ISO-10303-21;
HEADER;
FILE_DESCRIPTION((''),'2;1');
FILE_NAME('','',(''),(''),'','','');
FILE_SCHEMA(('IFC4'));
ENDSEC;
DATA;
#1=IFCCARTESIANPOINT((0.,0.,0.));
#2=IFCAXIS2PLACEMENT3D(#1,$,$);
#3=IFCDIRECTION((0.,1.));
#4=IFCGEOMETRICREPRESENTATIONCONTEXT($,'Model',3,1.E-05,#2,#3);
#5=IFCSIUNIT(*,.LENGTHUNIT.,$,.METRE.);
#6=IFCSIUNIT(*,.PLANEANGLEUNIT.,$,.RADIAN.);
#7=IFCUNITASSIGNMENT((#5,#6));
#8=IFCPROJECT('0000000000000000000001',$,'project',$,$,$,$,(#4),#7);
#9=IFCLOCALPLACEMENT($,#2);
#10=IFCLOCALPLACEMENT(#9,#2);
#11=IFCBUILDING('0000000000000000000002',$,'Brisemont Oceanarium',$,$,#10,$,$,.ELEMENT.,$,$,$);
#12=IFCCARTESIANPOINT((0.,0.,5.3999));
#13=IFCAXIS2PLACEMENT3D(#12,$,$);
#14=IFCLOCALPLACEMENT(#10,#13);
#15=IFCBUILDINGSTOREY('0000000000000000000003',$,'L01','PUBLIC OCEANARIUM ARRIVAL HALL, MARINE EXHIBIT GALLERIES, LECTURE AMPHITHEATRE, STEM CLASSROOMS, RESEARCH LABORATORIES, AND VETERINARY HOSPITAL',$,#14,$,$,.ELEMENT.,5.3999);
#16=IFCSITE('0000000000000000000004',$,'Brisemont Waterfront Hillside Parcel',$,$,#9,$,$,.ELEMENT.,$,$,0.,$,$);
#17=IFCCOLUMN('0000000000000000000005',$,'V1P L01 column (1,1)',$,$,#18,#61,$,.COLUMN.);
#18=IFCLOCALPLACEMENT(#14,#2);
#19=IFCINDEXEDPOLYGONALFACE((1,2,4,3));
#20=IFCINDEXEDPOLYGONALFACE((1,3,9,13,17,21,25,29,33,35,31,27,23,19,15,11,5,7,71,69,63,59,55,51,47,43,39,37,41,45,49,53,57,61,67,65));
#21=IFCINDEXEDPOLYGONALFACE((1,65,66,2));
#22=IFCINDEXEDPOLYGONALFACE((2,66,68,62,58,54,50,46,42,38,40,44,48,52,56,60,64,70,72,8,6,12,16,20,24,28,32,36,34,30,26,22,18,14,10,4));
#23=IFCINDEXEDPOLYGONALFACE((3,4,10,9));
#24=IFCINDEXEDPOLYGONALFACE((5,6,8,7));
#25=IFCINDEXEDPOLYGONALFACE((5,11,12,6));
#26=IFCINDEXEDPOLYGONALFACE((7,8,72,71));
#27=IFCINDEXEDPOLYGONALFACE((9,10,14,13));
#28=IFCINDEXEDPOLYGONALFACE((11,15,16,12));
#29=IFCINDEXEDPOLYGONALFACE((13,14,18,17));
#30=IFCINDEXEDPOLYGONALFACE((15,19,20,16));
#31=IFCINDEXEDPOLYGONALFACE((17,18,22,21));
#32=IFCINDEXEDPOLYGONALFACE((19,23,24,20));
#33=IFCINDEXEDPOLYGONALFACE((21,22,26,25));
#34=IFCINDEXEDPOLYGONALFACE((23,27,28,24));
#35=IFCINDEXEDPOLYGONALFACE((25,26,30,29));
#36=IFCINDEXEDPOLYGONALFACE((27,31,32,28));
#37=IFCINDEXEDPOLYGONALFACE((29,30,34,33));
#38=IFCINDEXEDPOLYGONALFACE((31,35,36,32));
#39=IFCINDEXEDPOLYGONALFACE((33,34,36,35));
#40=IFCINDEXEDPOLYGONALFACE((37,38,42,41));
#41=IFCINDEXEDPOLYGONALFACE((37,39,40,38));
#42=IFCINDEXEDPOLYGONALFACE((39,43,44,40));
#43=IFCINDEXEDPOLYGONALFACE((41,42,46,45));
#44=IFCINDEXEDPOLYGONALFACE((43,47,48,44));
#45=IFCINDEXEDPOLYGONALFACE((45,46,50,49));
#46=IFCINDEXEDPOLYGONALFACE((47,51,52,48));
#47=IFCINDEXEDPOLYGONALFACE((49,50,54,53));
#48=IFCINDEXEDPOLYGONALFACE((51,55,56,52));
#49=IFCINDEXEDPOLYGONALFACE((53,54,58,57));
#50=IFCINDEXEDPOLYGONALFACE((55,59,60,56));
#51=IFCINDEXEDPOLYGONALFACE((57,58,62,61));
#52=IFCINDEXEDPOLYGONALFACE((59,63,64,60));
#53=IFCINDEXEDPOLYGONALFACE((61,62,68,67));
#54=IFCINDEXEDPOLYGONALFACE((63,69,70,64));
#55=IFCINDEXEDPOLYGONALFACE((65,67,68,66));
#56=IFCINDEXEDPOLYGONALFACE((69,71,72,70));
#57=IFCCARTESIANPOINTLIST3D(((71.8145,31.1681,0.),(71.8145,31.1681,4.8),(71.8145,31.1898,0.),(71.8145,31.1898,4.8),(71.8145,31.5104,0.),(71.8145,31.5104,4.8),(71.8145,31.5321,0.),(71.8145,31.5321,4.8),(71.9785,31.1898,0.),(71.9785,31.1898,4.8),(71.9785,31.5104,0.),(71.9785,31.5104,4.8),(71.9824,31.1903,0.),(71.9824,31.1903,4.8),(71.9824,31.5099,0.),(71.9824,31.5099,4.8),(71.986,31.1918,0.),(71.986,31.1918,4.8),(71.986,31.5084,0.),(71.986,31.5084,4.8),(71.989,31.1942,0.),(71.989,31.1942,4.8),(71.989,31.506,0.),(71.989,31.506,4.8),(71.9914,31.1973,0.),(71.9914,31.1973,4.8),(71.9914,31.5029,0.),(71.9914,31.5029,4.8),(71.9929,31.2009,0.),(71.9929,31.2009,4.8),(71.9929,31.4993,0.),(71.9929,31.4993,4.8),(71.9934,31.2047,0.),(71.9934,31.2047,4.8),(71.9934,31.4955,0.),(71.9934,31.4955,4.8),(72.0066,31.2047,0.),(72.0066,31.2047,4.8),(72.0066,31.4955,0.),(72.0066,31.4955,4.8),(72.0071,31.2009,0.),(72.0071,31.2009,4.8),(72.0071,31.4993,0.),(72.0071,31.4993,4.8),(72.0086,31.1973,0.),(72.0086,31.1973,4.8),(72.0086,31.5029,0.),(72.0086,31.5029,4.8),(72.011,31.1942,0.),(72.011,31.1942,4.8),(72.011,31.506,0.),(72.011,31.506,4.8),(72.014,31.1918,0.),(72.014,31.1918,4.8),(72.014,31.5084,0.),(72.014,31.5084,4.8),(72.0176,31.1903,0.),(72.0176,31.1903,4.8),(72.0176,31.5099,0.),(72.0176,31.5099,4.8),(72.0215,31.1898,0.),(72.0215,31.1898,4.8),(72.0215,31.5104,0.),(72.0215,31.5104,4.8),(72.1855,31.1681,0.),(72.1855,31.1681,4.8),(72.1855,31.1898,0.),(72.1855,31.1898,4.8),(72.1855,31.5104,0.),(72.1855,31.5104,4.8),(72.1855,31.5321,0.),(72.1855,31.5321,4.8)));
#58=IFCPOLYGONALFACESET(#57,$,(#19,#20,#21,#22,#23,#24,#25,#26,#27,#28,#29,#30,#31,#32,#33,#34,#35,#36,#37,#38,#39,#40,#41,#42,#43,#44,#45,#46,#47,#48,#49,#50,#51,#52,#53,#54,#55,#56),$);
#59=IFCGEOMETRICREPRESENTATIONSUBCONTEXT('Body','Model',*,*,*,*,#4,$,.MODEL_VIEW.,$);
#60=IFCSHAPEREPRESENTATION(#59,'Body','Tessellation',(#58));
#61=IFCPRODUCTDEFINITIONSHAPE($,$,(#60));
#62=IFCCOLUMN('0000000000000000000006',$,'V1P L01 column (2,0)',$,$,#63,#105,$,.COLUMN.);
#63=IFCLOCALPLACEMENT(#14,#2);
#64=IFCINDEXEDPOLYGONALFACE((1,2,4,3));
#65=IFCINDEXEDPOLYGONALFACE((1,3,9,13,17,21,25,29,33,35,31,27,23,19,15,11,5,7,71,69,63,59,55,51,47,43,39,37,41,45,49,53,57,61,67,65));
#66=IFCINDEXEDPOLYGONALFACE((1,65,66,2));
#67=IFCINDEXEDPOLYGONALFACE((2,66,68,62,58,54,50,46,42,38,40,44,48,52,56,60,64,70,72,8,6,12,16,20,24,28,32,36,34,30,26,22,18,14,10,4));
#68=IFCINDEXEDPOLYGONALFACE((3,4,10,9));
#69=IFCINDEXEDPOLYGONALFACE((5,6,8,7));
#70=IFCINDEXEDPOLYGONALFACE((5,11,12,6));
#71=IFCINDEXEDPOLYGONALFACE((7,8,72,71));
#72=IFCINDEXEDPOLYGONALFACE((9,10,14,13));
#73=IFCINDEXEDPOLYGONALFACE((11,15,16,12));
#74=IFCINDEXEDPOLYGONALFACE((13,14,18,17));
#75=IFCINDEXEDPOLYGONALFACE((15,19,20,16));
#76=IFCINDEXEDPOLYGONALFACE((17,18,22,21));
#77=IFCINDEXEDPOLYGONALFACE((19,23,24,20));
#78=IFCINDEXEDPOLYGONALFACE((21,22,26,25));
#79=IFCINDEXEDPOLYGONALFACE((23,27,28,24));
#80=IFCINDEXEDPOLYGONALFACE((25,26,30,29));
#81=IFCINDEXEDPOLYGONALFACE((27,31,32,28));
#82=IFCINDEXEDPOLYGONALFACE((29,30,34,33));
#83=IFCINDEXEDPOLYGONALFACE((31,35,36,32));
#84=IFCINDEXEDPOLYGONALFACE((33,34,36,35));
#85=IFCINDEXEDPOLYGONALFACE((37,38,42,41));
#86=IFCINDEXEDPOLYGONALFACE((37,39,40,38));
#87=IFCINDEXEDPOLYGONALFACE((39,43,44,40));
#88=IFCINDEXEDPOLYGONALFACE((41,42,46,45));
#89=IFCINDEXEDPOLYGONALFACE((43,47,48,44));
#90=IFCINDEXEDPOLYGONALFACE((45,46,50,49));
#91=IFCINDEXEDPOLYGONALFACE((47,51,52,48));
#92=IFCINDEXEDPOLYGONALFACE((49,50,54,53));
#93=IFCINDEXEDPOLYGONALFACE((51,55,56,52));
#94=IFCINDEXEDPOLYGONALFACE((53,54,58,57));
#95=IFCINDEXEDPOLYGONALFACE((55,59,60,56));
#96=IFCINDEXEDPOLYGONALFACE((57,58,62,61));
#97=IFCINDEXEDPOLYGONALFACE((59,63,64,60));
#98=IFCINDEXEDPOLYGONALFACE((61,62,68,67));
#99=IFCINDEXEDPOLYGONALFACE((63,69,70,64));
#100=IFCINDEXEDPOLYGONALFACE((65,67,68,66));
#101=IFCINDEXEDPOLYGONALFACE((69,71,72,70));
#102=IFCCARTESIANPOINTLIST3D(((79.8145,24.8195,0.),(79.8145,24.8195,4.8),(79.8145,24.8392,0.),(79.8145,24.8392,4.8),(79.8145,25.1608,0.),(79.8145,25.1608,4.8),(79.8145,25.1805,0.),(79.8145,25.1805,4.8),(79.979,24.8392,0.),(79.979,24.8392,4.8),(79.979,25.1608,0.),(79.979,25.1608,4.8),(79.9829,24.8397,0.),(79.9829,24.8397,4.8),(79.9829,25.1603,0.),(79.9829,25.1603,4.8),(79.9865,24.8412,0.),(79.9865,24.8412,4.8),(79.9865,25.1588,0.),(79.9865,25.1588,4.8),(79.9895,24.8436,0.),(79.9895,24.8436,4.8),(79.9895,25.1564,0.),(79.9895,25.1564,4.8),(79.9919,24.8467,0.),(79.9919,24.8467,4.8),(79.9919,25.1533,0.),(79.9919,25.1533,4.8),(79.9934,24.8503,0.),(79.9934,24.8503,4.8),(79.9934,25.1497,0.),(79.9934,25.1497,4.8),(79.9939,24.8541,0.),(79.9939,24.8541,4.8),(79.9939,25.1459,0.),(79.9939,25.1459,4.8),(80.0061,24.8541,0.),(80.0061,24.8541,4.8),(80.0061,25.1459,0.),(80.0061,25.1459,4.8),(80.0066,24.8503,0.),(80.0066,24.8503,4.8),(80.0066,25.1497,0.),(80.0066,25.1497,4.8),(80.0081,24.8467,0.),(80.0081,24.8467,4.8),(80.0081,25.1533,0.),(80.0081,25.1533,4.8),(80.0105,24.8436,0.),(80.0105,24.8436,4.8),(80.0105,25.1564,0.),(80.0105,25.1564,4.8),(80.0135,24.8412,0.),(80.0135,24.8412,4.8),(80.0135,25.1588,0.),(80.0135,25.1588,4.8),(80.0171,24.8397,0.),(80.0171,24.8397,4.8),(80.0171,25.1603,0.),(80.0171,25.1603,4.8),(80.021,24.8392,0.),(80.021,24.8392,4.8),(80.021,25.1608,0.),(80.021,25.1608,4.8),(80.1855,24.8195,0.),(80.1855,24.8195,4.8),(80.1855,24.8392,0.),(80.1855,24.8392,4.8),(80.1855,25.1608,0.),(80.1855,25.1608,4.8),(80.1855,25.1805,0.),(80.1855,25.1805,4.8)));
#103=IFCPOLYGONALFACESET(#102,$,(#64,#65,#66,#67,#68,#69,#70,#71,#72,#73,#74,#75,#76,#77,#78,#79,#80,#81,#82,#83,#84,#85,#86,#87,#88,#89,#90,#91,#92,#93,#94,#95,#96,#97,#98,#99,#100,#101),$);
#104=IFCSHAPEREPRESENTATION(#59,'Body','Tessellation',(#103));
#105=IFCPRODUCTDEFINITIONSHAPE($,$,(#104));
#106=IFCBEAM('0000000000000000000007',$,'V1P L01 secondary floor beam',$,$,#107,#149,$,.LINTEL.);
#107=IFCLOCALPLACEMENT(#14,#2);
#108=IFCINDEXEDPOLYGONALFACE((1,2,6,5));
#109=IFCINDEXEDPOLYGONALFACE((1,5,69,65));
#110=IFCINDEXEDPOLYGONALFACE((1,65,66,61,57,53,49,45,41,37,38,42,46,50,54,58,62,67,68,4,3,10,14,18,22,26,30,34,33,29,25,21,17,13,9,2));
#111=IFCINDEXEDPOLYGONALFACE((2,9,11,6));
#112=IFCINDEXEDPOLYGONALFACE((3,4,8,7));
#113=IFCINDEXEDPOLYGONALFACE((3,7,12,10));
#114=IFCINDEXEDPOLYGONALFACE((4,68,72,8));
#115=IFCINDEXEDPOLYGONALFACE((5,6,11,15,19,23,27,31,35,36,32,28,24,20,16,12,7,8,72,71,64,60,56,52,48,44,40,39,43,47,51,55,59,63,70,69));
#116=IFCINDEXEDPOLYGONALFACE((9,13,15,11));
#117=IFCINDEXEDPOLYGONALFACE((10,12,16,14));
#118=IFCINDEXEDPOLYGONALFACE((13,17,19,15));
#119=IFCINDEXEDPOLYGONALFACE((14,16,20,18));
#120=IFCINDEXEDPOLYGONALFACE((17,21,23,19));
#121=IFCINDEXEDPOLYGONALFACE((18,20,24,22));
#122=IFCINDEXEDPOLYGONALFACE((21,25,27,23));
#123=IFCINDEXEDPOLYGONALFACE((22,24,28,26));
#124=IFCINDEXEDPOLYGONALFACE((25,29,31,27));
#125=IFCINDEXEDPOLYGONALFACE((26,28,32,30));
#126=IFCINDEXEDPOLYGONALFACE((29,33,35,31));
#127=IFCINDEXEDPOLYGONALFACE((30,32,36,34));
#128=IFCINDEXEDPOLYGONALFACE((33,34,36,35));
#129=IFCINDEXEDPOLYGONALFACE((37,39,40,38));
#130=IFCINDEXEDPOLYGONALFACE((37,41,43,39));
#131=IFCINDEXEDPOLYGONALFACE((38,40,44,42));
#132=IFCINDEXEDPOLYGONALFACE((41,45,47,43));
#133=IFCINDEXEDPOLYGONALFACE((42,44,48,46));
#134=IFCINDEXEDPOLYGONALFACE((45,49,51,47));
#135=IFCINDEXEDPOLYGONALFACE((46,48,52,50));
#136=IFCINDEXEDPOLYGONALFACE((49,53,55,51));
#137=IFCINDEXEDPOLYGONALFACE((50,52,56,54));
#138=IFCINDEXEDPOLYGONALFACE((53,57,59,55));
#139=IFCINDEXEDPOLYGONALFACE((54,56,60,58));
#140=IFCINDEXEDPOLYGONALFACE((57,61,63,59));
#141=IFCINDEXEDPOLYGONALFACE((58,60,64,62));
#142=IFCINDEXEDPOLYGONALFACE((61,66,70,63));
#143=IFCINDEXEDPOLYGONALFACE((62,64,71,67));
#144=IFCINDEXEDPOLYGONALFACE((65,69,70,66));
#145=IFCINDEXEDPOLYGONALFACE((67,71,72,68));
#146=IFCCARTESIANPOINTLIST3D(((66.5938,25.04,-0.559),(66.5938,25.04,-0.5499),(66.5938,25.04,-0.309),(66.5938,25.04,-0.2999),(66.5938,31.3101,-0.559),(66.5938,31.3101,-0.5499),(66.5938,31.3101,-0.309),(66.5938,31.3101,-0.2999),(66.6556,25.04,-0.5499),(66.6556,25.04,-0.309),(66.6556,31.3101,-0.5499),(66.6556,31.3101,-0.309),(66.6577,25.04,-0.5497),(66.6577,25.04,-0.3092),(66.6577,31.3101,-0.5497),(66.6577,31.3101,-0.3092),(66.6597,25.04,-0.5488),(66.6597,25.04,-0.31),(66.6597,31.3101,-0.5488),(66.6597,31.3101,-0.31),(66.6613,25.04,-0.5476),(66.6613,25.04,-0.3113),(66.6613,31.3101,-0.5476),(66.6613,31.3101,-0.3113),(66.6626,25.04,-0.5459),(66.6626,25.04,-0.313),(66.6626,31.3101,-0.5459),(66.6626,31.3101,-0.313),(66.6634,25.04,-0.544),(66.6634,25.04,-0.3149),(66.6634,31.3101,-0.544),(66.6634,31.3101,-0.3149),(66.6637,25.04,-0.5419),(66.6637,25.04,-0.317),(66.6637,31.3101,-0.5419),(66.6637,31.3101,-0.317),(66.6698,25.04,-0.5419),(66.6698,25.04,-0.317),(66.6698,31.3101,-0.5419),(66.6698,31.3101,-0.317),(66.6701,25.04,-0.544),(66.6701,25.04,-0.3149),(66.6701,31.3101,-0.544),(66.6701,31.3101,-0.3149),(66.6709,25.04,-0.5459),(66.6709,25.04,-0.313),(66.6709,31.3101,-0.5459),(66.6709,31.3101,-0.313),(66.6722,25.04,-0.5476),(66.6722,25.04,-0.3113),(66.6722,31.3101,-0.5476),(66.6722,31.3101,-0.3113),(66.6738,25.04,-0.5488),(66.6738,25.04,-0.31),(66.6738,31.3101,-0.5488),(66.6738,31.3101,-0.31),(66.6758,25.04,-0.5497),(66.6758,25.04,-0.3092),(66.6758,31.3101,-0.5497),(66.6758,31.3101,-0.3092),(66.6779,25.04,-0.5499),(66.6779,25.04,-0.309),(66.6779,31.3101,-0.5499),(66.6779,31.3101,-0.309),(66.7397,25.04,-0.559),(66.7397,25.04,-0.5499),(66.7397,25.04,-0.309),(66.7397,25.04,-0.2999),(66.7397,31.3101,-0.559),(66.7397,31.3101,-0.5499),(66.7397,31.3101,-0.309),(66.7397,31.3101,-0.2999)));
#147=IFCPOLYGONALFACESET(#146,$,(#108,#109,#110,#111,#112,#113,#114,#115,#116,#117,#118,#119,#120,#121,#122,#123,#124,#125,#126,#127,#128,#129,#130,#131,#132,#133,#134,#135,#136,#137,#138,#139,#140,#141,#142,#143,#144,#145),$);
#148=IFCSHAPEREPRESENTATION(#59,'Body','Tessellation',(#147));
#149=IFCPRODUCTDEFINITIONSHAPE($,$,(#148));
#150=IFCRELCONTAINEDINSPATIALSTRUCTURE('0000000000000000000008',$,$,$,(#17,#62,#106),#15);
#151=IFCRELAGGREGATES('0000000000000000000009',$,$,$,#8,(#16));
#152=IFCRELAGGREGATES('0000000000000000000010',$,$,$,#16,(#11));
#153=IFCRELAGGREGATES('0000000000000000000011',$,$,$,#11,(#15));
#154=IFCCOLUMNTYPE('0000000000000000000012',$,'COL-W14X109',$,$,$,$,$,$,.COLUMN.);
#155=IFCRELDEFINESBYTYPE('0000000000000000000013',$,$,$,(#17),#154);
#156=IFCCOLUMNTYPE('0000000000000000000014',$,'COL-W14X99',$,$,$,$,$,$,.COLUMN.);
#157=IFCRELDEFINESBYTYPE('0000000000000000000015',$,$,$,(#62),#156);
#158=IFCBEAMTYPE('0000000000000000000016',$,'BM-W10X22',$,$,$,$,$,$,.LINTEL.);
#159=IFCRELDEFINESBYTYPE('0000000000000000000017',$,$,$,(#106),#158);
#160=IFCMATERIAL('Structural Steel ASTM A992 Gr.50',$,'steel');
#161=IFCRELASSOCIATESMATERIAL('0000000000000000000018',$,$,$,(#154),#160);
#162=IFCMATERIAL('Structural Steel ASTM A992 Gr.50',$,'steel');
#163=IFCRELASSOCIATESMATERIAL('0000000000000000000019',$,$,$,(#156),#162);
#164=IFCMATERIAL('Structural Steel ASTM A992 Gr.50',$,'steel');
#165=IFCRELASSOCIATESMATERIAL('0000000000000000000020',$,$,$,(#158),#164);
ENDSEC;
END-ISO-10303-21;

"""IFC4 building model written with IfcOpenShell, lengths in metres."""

from ifc_helpers import new_model, si_unit, direction, frame, origin, origin_2d, place, context, subcontext, project, spatial, i_section, extrude, material, material_profile, profile_set, type_object, element, save


model = new_model("IFC4")

# Units and contexts
model_context = context("Model", 3, precision=1e-05, world=origin(), true_north=direction((0.0, 1.0)))
body_context = subcontext(model_context, "Body", "Model", "MODEL_VIEW")
ifc_project = project(units=[si_unit("LENGTHUNIT", "METRE"), si_unit("PLANEANGLEUNIT", "RADIAN")], contexts=[model_context])

# Site, building, storey
site_placement = place(None, origin())
site = spatial("IfcSite", under=ifc_project, at=site_placement, Name="Brisemont Waterfront Hillside Parcel", CompositionType="ELEMENT", RefElevation=0.0)
building_placement = place(site_placement, origin())
building = spatial("IfcBuilding", under=site, at=building_placement, Name="Brisemont Oceanarium", CompositionType="ELEMENT")
storey_placement = place(building_placement, frame((0.0, 0.0, 5.3999)))
storey = spatial("IfcBuildingStorey", under=building, at=storey_placement, Name="L01", Description="PUBLIC OCEANARIUM ARRIVAL HALL, MARINE EXHIBIT GALLERIES, LECTURE AMPHITHEATRE, STEM CLASSROOMS, RESEARCH LABORATORIES, AND VETERINARY HOSPITAL", CompositionType="ELEMENT", Elevation=5.3999)

# Columns
ifc_material_1 = material(Name="Structural Steel ASTM A992 Gr.50", Category="steel")
ifc_material_profile_1 = material_profile(ifc_material_1, i_section(OverallWidth=0.3711, OverallDepth=0.364, WebThickness=0.0132, FlangeThickness=0.0217, FilletRadius=0.0149, at=origin_2d()), Name="W14X109")
ifc_profile_set_1 = profile_set([ifc_material_profile_1], Name="Structural Steel ASTM A992 Gr.50")
column_type_1 = type_object("IfcColumnType", Name="COL-W14X109", PredefinedType="COLUMN", material=ifc_profile_set_1)
column_1_placement = place(storey_placement, frame((72.0, 31.3501, 0.0), z_axis=(0.0, 0.0, 1.0), x_axis=(1.0, 0.0, 0.0)))
element("IfcColumn", 1, at=column_1_placement, inside=storey, type_object=column_type_1, Name="V1P L01 column (1,1)", PredefinedType="COLUMN", context=body_context, shape_type="SweptSolid", body=[
    extrude(i_section(OverallWidth=0.3711, OverallDepth=0.364, WebThickness=0.0132, FlangeThickness=0.0217, FilletRadius=0.0149, at=origin_2d()), origin(), (0.0, 0.0, 1.0), 4.8),
])
ifc_material_2 = material(Name="Structural Steel ASTM A992 Gr.50", Category="steel")
ifc_material_profile_2 = material_profile(ifc_material_2, i_section(OverallWidth=0.3711, OverallDepth=0.3611, WebThickness=0.0122, FlangeThickness=0.0198, FilletRadius=0.0149, at=origin_2d()), Name="W14X99")
ifc_profile_set_2 = profile_set([ifc_material_profile_2], Name="Structural Steel ASTM A992 Gr.50")
column_type_2 = type_object("IfcColumnType", Name="COL-W14X99", PredefinedType="COLUMN", material=ifc_profile_set_2)
column_2_placement = place(storey_placement, frame((80.0, 25.0, 0.0), z_axis=(0.0, 0.0, 1.0), x_axis=(1.0, 0.0, 0.0)))
element("IfcColumn", 2, at=column_2_placement, inside=storey, type_object=column_type_2, Name="V1P L01 column (2,0)", PredefinedType="COLUMN", context=body_context, shape_type="SweptSolid", body=[
    extrude(i_section(OverallWidth=0.3711, OverallDepth=0.3611, WebThickness=0.0122, FlangeThickness=0.0198, FilletRadius=0.0149, at=origin_2d()), origin(), (0.0, 0.0, 1.0), 4.8),
])

# Beam
ifc_material_3 = material(Name="Structural Steel ASTM A992 Gr.50", Category="steel")
ifc_material_profile_3 = material_profile(ifc_material_3, i_section(OverallWidth=0.146, OverallDepth=0.259, WebThickness=0.0061, FlangeThickness=0.009, FilletRadius=0.0081, at=origin_2d()), Name="W10X22")
ifc_profile_set_3 = profile_set([ifc_material_profile_3], Name="Structural Steel ASTM A992 Gr.50")
beam_type_1 = type_object("IfcBeamType", Name="BM-W10X22", PredefinedType="LINTEL", material=ifc_profile_set_3)
beam_1_placement = place(storey_placement, frame((66.6667, 25.04, -0.4294), z_axis=(0.0, 1.0, 0.0), x_axis=(-1.0, 0.0, 0.0)))
element("IfcBeam", 3, at=beam_1_placement, inside=storey, type_object=beam_type_1, Name="V1P L01 secondary floor beam", PredefinedType="LINTEL", context=body_context, shape_type="SweptSolid", body=[
    extrude(i_section(OverallWidth=0.146, OverallDepth=0.259, WebThickness=0.0061, FlangeThickness=0.009, FilletRadius=0.0081, at=origin_2d()), origin(), (0.0, 0.0, 1.0), 6.27),
])

save(model, "model.ifc")
